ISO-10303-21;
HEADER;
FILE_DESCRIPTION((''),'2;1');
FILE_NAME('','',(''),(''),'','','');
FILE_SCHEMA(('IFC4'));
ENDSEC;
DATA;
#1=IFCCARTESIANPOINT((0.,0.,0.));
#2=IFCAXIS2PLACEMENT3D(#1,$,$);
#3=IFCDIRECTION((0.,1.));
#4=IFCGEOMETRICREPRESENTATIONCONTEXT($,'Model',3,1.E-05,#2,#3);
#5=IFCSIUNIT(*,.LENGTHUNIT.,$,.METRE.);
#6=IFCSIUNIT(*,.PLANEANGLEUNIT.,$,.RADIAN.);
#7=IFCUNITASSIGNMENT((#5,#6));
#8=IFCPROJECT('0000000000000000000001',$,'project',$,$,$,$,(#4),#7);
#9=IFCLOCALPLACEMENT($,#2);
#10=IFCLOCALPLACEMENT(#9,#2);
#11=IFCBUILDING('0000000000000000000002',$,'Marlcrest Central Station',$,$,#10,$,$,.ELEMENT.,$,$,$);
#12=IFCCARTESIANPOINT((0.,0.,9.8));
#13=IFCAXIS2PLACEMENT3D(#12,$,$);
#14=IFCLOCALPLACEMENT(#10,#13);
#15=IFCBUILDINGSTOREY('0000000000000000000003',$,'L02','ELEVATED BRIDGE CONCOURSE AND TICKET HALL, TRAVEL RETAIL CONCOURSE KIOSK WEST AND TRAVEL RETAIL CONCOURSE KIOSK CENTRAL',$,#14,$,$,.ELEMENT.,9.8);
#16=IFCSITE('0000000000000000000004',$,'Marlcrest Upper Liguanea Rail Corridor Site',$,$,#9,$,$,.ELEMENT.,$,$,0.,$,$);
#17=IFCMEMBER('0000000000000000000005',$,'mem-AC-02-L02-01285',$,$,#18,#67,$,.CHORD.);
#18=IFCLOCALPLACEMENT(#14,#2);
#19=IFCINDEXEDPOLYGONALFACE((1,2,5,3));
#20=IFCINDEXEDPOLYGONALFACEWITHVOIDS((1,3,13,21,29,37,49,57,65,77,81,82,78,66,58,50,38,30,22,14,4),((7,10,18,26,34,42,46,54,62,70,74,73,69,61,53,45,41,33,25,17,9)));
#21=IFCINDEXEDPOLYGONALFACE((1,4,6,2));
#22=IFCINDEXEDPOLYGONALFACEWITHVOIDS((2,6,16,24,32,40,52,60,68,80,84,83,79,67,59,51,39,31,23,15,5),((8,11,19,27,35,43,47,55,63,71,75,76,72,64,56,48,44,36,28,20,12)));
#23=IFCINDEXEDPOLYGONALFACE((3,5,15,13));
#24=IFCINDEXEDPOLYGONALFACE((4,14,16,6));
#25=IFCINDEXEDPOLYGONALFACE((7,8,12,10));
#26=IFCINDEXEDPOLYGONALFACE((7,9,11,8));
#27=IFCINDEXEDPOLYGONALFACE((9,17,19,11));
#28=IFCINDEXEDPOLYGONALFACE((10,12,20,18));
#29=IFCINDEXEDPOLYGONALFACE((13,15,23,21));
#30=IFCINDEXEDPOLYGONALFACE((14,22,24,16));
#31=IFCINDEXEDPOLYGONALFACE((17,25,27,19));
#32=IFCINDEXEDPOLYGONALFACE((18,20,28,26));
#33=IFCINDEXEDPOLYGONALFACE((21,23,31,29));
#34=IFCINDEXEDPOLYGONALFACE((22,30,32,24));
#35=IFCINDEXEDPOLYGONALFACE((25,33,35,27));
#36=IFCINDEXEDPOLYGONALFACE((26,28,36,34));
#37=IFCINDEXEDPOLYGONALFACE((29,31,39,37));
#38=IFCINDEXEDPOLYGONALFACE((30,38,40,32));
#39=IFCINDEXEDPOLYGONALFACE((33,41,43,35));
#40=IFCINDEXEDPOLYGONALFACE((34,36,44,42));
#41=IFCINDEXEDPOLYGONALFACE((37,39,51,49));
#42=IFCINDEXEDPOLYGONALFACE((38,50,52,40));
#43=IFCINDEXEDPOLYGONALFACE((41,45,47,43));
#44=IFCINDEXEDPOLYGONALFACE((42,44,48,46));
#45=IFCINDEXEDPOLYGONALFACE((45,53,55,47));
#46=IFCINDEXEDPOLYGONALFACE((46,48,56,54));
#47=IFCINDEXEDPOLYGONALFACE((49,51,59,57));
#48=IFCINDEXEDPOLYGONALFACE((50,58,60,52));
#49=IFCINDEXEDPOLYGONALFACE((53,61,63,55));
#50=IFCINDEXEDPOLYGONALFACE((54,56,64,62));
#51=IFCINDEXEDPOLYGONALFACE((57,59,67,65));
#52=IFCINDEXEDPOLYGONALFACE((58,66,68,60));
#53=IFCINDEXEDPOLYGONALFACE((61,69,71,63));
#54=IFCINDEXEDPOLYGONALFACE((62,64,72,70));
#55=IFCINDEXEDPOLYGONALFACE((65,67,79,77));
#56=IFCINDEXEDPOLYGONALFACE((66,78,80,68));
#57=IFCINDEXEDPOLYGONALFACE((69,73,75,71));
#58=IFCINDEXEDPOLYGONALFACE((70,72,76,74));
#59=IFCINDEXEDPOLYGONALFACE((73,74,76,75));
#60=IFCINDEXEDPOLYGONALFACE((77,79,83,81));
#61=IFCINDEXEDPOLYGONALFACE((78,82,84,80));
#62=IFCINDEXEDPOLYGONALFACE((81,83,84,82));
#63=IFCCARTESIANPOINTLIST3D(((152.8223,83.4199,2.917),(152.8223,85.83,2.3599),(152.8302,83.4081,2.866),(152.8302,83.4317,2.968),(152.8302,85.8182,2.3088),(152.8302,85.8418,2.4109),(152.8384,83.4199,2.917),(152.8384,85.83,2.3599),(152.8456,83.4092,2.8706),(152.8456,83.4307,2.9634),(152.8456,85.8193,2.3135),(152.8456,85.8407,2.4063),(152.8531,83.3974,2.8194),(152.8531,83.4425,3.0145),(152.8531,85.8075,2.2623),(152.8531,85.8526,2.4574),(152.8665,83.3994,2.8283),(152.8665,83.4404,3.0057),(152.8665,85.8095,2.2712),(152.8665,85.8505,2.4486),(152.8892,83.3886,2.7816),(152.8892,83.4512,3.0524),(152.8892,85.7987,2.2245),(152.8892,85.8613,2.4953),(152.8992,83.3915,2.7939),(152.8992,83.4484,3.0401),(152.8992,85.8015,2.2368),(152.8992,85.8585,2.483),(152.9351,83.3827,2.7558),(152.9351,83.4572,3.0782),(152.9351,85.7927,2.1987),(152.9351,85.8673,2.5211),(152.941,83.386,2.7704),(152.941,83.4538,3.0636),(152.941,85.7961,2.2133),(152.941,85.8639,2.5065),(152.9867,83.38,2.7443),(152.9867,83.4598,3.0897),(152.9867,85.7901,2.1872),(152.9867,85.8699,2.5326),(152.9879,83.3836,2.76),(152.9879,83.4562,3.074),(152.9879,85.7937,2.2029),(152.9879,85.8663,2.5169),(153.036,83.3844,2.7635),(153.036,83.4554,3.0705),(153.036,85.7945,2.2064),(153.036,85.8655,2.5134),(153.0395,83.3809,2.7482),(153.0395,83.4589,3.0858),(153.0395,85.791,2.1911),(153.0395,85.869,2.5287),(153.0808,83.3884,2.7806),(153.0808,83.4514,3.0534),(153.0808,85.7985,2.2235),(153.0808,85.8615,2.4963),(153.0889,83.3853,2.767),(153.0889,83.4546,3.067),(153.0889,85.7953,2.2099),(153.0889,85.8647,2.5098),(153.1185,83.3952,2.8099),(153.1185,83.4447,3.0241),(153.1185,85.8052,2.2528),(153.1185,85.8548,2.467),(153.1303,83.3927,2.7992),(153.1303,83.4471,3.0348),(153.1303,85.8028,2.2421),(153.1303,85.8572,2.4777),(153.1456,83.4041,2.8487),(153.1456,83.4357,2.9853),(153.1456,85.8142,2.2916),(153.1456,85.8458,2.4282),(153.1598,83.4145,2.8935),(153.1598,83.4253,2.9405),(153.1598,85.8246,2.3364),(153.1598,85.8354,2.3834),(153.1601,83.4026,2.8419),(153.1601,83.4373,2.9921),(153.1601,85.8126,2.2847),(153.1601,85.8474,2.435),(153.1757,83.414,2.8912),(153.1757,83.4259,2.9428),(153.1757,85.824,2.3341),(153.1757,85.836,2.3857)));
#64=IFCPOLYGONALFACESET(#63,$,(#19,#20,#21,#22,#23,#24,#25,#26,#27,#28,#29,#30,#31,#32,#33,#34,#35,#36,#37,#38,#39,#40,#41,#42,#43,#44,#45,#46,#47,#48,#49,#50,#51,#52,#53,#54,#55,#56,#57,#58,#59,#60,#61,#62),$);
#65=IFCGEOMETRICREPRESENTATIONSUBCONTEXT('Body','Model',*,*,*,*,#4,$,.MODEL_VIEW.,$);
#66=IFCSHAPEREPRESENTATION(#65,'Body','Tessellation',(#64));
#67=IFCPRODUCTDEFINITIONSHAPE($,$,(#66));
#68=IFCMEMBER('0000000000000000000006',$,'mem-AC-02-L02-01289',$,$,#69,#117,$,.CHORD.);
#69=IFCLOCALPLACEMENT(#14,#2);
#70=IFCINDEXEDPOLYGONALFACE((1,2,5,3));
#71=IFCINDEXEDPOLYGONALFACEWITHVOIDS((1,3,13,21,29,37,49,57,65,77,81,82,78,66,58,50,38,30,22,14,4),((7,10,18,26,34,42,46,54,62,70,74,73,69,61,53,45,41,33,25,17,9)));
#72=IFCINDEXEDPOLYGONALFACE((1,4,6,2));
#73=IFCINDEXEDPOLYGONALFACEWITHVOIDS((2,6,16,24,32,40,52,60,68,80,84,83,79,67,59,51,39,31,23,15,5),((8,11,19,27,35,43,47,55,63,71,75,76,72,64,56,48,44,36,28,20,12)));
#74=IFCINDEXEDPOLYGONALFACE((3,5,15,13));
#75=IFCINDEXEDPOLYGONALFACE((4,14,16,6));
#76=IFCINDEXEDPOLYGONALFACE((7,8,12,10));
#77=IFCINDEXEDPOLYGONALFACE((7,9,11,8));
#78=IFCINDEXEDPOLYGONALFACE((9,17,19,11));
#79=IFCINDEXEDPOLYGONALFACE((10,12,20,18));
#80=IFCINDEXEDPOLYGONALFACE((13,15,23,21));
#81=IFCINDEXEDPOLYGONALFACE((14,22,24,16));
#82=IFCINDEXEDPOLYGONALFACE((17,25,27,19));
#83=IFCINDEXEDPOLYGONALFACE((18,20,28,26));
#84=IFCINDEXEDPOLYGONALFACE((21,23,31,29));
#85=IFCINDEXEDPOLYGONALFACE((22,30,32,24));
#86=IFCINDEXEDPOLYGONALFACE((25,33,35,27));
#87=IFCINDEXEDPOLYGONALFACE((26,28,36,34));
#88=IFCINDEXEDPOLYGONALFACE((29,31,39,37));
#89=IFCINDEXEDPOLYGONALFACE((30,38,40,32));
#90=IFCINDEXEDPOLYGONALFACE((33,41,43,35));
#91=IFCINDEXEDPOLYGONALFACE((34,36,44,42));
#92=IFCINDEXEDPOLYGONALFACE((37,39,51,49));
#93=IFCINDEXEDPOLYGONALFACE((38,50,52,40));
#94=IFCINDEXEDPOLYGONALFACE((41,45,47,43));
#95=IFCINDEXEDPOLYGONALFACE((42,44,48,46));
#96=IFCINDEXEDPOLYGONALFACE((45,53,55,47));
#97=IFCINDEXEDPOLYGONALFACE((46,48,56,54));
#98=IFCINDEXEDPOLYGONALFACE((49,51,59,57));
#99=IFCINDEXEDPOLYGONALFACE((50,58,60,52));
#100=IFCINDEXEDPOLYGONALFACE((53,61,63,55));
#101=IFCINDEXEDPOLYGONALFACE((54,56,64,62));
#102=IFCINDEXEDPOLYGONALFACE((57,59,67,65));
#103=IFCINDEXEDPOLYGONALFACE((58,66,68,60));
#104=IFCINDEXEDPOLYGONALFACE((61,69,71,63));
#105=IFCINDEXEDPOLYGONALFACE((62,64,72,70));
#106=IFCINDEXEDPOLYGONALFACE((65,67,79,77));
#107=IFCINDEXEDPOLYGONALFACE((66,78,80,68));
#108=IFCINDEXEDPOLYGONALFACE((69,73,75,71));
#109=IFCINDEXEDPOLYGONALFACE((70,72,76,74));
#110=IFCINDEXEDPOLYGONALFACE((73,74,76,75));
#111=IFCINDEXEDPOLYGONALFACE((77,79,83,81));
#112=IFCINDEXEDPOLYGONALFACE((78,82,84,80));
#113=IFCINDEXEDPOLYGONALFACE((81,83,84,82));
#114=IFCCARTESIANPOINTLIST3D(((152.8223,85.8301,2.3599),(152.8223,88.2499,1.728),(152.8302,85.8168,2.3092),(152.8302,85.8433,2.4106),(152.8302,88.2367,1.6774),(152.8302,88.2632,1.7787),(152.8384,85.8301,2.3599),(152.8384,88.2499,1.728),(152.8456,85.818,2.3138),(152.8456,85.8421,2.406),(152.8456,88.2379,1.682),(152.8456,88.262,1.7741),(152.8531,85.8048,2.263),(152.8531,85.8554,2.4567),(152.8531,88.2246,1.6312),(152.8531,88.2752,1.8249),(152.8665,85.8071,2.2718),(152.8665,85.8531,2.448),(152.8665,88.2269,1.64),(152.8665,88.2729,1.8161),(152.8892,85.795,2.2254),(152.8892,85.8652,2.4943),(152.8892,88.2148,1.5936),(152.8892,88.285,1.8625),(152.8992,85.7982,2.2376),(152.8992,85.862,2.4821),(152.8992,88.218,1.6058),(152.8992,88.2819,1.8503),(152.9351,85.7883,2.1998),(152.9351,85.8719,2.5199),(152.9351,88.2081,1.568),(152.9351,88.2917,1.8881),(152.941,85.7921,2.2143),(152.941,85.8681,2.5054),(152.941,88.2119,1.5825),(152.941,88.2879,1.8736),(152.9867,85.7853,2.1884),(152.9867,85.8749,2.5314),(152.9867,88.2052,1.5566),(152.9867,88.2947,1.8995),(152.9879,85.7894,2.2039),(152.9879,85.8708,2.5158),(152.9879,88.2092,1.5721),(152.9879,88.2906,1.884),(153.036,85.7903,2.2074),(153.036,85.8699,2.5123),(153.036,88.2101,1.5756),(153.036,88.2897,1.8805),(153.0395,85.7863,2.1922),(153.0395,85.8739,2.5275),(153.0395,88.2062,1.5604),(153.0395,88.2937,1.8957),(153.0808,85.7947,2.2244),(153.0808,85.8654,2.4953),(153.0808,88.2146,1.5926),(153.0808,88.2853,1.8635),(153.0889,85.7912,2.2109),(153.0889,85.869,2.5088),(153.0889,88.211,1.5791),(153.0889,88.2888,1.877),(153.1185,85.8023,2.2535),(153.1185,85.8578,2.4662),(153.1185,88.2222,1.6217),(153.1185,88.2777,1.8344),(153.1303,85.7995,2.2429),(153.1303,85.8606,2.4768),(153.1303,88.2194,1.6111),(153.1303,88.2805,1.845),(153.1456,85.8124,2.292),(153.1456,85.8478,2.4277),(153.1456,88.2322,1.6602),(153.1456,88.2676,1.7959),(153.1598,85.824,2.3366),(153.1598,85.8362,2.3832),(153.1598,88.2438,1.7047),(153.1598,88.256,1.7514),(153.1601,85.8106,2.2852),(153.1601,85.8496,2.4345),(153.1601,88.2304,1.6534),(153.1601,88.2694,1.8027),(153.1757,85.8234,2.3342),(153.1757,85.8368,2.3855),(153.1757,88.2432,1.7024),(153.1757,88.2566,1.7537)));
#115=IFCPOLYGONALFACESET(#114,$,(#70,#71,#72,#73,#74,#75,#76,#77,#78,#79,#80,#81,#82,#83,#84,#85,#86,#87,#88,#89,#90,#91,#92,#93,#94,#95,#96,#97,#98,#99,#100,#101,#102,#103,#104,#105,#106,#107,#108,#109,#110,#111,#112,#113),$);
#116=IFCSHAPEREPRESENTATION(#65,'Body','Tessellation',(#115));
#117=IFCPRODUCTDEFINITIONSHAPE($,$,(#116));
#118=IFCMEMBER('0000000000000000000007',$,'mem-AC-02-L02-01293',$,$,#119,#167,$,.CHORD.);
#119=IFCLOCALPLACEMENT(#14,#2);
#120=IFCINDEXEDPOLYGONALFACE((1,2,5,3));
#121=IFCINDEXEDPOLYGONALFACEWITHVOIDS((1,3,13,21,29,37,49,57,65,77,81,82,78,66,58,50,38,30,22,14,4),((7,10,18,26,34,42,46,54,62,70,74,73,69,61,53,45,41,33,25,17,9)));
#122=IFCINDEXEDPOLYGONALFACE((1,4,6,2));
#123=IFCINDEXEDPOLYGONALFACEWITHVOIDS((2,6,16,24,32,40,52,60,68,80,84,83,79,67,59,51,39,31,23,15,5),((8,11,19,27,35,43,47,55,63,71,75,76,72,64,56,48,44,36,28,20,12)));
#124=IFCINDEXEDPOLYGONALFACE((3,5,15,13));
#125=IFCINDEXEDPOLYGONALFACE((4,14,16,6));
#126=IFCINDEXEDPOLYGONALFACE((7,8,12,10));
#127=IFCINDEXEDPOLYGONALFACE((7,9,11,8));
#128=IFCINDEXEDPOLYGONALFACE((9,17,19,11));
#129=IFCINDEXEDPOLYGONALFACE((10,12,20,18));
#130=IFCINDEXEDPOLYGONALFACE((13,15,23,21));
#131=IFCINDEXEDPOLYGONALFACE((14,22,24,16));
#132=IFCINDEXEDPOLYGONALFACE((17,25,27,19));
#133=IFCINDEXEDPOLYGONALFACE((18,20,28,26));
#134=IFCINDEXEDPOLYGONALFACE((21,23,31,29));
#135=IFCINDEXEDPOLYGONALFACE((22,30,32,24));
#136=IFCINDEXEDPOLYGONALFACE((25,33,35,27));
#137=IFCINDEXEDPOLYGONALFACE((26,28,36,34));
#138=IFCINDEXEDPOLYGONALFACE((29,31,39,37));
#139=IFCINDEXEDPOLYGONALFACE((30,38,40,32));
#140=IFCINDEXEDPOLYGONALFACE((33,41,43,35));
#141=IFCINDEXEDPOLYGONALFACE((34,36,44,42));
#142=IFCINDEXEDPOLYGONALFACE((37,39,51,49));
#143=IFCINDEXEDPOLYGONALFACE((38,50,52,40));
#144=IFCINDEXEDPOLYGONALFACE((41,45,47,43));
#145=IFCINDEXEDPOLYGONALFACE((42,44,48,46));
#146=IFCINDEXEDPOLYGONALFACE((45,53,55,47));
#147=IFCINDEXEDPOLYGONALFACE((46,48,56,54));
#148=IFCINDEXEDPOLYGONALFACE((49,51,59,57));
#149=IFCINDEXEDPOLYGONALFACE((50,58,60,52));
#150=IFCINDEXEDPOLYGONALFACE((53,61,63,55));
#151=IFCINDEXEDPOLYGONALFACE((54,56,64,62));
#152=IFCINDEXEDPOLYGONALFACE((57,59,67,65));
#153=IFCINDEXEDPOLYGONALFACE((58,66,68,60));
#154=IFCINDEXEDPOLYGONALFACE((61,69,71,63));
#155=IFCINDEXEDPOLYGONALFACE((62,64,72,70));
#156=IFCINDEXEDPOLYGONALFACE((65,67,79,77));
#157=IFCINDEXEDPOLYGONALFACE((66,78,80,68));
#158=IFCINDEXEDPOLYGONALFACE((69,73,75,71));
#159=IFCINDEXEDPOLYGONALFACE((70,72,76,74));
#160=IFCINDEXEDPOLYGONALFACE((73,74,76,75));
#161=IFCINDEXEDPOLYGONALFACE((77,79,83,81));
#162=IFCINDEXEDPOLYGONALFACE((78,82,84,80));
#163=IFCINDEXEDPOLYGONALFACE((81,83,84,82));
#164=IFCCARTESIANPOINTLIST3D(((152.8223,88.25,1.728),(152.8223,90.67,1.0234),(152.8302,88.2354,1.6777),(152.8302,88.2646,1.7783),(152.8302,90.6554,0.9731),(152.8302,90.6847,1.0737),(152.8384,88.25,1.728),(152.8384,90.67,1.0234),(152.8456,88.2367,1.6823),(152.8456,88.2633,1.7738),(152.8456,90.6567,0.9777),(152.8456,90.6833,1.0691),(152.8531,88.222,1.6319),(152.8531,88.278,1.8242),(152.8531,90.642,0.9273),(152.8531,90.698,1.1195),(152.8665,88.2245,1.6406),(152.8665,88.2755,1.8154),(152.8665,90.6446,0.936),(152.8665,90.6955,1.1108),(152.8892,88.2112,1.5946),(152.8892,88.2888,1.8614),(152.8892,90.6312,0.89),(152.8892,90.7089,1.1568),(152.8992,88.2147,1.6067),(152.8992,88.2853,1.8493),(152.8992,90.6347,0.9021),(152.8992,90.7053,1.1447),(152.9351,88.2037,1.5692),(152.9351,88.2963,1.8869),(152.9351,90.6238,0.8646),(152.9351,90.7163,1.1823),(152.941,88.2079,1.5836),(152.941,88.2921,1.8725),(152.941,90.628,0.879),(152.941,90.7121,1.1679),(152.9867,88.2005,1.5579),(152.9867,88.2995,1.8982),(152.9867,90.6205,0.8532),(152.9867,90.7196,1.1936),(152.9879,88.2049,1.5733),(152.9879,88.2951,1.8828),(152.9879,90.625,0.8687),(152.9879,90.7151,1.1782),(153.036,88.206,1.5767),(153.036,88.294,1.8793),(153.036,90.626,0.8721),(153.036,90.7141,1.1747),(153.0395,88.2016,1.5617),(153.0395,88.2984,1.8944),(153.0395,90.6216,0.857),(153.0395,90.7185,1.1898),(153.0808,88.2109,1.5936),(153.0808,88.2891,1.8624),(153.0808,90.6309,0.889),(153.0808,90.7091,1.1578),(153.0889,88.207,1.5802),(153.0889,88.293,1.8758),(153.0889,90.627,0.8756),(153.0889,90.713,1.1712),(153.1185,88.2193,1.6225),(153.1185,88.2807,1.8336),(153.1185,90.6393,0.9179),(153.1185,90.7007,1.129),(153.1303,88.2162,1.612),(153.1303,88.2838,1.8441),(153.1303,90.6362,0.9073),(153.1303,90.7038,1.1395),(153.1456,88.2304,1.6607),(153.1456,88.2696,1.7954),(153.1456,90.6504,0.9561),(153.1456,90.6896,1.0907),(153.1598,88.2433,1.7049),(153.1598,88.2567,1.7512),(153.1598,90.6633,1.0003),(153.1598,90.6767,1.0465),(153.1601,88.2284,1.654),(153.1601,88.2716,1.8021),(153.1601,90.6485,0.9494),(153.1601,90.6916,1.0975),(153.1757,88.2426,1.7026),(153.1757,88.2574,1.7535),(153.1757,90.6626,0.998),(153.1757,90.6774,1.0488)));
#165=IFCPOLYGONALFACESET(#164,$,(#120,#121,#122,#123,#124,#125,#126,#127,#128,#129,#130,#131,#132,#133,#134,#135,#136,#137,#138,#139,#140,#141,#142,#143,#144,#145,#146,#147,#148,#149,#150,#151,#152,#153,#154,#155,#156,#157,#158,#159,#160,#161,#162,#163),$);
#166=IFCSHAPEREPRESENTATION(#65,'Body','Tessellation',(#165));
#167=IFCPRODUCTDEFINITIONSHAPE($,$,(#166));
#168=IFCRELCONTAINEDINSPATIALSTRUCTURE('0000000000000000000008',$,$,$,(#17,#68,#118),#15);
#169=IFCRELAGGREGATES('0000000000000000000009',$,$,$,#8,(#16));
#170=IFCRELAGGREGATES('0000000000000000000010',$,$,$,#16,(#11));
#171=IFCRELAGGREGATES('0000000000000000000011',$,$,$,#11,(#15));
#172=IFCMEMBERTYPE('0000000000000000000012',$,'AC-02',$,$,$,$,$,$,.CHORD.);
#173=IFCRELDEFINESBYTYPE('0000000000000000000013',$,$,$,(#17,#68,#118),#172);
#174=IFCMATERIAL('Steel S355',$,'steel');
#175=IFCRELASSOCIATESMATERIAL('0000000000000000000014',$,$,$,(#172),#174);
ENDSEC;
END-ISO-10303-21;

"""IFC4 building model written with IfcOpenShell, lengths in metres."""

from ifc_helpers import new_model, si_unit, direction, frame, origin, origin_2d, place, context, subcontext, project, spatial, hollow_circle, extrude, material, material_profile, profile_set, type_object, element, save


model = new_model("IFC4")

# Units and contexts
model_context = context("Model", 3, precision=1e-05, world=origin(), true_north=direction((0.0, 1.0)))
body_context = subcontext(model_context, "Body", "Model", "MODEL_VIEW")
ifc_project = project(units=[si_unit("LENGTHUNIT", "METRE"), si_unit("PLANEANGLEUNIT", "RADIAN")], contexts=[model_context])

# Site, building, storey
site_placement = place(None, origin())
site = spatial("IfcSite", under=ifc_project, at=site_placement, Name="Marlcrest Upper Liguanea Rail Corridor Site", CompositionType="ELEMENT", RefElevation=0.0)
building_placement = place(site_placement, origin())
building = spatial("IfcBuilding", under=site, at=building_placement, Name="Marlcrest Central Station", CompositionType="ELEMENT")
storey_placement = place(building_placement, frame((0.0, 0.0, 9.8)))
storey = spatial("IfcBuildingStorey", under=building, at=storey_placement, Name="L02", Description="ELEVATED BRIDGE CONCOURSE AND TICKET HALL, TRAVEL RETAIL CONCOURSE KIOSK WEST AND TRAVEL RETAIL CONCOURSE KIOSK CENTRAL", CompositionType="ELEMENT", Elevation=9.8)

# Members
ifc_material_1 = material(Name="Steel S355", Category="steel")
ifc_material_profile_1 = material_profile(ifc_material_1, hollow_circle(Radius=0.1777, WallThickness=0.0161, at=origin_2d()), Name="CHS 355.6x16")
ifc_profile_set_1 = profile_set([ifc_material_profile_1], Name="Steel S355")
member_type_1 = type_object("IfcMemberType", Name="AC-02", PredefinedType="CHORD", material=ifc_profile_set_1)
member_1_placement = place(storey_placement, frame((153.0, 83.4199, 2.917), z_axis=(0.0, 0.974308, -0.22522), x_axis=(-1.0, 0.0, 0.0)))
element("IfcMember", 1, at=member_1_placement, inside=storey, type_object=member_type_1, Name="mem-AC-02-L02-01285", PredefinedType="CHORD", context=body_context, shape_type="SweptSolid", body=[
    extrude(hollow_circle(Radius=0.1777, WallThickness=0.0161, at=origin_2d()), origin(), (0.0, 0.0, 1.0), 2.4736),
])
member_2_placement = place(storey_placement, frame((153.0, 85.8301, 2.3599), z_axis=(0.0, 0.967563, -0.252629), x_axis=(-1.0, 0.0, 0.0)))
element("IfcMember", 2, at=member_2_placement, inside=storey, type_object=member_type_1, Name="mem-AC-02-L02-01289", PredefinedType="CHORD", context=body_context, shape_type="SweptSolid", body=[
    extrude(hollow_circle(Radius=0.1777, WallThickness=0.0161, at=origin_2d()), origin(), (0.0, 0.0, 1.0), 2.501),
])
member_3_placement = place(storey_placement, frame((153.0, 88.25, 1.728), z_axis=(0.0, 0.96013, -0.279554), x_axis=(-1.0, 0.0, 0.0)))
element("IfcMember", 3, at=member_3_placement, inside=storey, type_object=member_type_1, Name="mem-AC-02-L02-01293", PredefinedType="CHORD", context=body_context, shape_type="SweptSolid", body=[
    extrude(hollow_circle(Radius=0.1777, WallThickness=0.0161, at=origin_2d()), origin(), (0.0, 0.0, 1.0), 2.5205),
])

save(model, "model.ifc")
